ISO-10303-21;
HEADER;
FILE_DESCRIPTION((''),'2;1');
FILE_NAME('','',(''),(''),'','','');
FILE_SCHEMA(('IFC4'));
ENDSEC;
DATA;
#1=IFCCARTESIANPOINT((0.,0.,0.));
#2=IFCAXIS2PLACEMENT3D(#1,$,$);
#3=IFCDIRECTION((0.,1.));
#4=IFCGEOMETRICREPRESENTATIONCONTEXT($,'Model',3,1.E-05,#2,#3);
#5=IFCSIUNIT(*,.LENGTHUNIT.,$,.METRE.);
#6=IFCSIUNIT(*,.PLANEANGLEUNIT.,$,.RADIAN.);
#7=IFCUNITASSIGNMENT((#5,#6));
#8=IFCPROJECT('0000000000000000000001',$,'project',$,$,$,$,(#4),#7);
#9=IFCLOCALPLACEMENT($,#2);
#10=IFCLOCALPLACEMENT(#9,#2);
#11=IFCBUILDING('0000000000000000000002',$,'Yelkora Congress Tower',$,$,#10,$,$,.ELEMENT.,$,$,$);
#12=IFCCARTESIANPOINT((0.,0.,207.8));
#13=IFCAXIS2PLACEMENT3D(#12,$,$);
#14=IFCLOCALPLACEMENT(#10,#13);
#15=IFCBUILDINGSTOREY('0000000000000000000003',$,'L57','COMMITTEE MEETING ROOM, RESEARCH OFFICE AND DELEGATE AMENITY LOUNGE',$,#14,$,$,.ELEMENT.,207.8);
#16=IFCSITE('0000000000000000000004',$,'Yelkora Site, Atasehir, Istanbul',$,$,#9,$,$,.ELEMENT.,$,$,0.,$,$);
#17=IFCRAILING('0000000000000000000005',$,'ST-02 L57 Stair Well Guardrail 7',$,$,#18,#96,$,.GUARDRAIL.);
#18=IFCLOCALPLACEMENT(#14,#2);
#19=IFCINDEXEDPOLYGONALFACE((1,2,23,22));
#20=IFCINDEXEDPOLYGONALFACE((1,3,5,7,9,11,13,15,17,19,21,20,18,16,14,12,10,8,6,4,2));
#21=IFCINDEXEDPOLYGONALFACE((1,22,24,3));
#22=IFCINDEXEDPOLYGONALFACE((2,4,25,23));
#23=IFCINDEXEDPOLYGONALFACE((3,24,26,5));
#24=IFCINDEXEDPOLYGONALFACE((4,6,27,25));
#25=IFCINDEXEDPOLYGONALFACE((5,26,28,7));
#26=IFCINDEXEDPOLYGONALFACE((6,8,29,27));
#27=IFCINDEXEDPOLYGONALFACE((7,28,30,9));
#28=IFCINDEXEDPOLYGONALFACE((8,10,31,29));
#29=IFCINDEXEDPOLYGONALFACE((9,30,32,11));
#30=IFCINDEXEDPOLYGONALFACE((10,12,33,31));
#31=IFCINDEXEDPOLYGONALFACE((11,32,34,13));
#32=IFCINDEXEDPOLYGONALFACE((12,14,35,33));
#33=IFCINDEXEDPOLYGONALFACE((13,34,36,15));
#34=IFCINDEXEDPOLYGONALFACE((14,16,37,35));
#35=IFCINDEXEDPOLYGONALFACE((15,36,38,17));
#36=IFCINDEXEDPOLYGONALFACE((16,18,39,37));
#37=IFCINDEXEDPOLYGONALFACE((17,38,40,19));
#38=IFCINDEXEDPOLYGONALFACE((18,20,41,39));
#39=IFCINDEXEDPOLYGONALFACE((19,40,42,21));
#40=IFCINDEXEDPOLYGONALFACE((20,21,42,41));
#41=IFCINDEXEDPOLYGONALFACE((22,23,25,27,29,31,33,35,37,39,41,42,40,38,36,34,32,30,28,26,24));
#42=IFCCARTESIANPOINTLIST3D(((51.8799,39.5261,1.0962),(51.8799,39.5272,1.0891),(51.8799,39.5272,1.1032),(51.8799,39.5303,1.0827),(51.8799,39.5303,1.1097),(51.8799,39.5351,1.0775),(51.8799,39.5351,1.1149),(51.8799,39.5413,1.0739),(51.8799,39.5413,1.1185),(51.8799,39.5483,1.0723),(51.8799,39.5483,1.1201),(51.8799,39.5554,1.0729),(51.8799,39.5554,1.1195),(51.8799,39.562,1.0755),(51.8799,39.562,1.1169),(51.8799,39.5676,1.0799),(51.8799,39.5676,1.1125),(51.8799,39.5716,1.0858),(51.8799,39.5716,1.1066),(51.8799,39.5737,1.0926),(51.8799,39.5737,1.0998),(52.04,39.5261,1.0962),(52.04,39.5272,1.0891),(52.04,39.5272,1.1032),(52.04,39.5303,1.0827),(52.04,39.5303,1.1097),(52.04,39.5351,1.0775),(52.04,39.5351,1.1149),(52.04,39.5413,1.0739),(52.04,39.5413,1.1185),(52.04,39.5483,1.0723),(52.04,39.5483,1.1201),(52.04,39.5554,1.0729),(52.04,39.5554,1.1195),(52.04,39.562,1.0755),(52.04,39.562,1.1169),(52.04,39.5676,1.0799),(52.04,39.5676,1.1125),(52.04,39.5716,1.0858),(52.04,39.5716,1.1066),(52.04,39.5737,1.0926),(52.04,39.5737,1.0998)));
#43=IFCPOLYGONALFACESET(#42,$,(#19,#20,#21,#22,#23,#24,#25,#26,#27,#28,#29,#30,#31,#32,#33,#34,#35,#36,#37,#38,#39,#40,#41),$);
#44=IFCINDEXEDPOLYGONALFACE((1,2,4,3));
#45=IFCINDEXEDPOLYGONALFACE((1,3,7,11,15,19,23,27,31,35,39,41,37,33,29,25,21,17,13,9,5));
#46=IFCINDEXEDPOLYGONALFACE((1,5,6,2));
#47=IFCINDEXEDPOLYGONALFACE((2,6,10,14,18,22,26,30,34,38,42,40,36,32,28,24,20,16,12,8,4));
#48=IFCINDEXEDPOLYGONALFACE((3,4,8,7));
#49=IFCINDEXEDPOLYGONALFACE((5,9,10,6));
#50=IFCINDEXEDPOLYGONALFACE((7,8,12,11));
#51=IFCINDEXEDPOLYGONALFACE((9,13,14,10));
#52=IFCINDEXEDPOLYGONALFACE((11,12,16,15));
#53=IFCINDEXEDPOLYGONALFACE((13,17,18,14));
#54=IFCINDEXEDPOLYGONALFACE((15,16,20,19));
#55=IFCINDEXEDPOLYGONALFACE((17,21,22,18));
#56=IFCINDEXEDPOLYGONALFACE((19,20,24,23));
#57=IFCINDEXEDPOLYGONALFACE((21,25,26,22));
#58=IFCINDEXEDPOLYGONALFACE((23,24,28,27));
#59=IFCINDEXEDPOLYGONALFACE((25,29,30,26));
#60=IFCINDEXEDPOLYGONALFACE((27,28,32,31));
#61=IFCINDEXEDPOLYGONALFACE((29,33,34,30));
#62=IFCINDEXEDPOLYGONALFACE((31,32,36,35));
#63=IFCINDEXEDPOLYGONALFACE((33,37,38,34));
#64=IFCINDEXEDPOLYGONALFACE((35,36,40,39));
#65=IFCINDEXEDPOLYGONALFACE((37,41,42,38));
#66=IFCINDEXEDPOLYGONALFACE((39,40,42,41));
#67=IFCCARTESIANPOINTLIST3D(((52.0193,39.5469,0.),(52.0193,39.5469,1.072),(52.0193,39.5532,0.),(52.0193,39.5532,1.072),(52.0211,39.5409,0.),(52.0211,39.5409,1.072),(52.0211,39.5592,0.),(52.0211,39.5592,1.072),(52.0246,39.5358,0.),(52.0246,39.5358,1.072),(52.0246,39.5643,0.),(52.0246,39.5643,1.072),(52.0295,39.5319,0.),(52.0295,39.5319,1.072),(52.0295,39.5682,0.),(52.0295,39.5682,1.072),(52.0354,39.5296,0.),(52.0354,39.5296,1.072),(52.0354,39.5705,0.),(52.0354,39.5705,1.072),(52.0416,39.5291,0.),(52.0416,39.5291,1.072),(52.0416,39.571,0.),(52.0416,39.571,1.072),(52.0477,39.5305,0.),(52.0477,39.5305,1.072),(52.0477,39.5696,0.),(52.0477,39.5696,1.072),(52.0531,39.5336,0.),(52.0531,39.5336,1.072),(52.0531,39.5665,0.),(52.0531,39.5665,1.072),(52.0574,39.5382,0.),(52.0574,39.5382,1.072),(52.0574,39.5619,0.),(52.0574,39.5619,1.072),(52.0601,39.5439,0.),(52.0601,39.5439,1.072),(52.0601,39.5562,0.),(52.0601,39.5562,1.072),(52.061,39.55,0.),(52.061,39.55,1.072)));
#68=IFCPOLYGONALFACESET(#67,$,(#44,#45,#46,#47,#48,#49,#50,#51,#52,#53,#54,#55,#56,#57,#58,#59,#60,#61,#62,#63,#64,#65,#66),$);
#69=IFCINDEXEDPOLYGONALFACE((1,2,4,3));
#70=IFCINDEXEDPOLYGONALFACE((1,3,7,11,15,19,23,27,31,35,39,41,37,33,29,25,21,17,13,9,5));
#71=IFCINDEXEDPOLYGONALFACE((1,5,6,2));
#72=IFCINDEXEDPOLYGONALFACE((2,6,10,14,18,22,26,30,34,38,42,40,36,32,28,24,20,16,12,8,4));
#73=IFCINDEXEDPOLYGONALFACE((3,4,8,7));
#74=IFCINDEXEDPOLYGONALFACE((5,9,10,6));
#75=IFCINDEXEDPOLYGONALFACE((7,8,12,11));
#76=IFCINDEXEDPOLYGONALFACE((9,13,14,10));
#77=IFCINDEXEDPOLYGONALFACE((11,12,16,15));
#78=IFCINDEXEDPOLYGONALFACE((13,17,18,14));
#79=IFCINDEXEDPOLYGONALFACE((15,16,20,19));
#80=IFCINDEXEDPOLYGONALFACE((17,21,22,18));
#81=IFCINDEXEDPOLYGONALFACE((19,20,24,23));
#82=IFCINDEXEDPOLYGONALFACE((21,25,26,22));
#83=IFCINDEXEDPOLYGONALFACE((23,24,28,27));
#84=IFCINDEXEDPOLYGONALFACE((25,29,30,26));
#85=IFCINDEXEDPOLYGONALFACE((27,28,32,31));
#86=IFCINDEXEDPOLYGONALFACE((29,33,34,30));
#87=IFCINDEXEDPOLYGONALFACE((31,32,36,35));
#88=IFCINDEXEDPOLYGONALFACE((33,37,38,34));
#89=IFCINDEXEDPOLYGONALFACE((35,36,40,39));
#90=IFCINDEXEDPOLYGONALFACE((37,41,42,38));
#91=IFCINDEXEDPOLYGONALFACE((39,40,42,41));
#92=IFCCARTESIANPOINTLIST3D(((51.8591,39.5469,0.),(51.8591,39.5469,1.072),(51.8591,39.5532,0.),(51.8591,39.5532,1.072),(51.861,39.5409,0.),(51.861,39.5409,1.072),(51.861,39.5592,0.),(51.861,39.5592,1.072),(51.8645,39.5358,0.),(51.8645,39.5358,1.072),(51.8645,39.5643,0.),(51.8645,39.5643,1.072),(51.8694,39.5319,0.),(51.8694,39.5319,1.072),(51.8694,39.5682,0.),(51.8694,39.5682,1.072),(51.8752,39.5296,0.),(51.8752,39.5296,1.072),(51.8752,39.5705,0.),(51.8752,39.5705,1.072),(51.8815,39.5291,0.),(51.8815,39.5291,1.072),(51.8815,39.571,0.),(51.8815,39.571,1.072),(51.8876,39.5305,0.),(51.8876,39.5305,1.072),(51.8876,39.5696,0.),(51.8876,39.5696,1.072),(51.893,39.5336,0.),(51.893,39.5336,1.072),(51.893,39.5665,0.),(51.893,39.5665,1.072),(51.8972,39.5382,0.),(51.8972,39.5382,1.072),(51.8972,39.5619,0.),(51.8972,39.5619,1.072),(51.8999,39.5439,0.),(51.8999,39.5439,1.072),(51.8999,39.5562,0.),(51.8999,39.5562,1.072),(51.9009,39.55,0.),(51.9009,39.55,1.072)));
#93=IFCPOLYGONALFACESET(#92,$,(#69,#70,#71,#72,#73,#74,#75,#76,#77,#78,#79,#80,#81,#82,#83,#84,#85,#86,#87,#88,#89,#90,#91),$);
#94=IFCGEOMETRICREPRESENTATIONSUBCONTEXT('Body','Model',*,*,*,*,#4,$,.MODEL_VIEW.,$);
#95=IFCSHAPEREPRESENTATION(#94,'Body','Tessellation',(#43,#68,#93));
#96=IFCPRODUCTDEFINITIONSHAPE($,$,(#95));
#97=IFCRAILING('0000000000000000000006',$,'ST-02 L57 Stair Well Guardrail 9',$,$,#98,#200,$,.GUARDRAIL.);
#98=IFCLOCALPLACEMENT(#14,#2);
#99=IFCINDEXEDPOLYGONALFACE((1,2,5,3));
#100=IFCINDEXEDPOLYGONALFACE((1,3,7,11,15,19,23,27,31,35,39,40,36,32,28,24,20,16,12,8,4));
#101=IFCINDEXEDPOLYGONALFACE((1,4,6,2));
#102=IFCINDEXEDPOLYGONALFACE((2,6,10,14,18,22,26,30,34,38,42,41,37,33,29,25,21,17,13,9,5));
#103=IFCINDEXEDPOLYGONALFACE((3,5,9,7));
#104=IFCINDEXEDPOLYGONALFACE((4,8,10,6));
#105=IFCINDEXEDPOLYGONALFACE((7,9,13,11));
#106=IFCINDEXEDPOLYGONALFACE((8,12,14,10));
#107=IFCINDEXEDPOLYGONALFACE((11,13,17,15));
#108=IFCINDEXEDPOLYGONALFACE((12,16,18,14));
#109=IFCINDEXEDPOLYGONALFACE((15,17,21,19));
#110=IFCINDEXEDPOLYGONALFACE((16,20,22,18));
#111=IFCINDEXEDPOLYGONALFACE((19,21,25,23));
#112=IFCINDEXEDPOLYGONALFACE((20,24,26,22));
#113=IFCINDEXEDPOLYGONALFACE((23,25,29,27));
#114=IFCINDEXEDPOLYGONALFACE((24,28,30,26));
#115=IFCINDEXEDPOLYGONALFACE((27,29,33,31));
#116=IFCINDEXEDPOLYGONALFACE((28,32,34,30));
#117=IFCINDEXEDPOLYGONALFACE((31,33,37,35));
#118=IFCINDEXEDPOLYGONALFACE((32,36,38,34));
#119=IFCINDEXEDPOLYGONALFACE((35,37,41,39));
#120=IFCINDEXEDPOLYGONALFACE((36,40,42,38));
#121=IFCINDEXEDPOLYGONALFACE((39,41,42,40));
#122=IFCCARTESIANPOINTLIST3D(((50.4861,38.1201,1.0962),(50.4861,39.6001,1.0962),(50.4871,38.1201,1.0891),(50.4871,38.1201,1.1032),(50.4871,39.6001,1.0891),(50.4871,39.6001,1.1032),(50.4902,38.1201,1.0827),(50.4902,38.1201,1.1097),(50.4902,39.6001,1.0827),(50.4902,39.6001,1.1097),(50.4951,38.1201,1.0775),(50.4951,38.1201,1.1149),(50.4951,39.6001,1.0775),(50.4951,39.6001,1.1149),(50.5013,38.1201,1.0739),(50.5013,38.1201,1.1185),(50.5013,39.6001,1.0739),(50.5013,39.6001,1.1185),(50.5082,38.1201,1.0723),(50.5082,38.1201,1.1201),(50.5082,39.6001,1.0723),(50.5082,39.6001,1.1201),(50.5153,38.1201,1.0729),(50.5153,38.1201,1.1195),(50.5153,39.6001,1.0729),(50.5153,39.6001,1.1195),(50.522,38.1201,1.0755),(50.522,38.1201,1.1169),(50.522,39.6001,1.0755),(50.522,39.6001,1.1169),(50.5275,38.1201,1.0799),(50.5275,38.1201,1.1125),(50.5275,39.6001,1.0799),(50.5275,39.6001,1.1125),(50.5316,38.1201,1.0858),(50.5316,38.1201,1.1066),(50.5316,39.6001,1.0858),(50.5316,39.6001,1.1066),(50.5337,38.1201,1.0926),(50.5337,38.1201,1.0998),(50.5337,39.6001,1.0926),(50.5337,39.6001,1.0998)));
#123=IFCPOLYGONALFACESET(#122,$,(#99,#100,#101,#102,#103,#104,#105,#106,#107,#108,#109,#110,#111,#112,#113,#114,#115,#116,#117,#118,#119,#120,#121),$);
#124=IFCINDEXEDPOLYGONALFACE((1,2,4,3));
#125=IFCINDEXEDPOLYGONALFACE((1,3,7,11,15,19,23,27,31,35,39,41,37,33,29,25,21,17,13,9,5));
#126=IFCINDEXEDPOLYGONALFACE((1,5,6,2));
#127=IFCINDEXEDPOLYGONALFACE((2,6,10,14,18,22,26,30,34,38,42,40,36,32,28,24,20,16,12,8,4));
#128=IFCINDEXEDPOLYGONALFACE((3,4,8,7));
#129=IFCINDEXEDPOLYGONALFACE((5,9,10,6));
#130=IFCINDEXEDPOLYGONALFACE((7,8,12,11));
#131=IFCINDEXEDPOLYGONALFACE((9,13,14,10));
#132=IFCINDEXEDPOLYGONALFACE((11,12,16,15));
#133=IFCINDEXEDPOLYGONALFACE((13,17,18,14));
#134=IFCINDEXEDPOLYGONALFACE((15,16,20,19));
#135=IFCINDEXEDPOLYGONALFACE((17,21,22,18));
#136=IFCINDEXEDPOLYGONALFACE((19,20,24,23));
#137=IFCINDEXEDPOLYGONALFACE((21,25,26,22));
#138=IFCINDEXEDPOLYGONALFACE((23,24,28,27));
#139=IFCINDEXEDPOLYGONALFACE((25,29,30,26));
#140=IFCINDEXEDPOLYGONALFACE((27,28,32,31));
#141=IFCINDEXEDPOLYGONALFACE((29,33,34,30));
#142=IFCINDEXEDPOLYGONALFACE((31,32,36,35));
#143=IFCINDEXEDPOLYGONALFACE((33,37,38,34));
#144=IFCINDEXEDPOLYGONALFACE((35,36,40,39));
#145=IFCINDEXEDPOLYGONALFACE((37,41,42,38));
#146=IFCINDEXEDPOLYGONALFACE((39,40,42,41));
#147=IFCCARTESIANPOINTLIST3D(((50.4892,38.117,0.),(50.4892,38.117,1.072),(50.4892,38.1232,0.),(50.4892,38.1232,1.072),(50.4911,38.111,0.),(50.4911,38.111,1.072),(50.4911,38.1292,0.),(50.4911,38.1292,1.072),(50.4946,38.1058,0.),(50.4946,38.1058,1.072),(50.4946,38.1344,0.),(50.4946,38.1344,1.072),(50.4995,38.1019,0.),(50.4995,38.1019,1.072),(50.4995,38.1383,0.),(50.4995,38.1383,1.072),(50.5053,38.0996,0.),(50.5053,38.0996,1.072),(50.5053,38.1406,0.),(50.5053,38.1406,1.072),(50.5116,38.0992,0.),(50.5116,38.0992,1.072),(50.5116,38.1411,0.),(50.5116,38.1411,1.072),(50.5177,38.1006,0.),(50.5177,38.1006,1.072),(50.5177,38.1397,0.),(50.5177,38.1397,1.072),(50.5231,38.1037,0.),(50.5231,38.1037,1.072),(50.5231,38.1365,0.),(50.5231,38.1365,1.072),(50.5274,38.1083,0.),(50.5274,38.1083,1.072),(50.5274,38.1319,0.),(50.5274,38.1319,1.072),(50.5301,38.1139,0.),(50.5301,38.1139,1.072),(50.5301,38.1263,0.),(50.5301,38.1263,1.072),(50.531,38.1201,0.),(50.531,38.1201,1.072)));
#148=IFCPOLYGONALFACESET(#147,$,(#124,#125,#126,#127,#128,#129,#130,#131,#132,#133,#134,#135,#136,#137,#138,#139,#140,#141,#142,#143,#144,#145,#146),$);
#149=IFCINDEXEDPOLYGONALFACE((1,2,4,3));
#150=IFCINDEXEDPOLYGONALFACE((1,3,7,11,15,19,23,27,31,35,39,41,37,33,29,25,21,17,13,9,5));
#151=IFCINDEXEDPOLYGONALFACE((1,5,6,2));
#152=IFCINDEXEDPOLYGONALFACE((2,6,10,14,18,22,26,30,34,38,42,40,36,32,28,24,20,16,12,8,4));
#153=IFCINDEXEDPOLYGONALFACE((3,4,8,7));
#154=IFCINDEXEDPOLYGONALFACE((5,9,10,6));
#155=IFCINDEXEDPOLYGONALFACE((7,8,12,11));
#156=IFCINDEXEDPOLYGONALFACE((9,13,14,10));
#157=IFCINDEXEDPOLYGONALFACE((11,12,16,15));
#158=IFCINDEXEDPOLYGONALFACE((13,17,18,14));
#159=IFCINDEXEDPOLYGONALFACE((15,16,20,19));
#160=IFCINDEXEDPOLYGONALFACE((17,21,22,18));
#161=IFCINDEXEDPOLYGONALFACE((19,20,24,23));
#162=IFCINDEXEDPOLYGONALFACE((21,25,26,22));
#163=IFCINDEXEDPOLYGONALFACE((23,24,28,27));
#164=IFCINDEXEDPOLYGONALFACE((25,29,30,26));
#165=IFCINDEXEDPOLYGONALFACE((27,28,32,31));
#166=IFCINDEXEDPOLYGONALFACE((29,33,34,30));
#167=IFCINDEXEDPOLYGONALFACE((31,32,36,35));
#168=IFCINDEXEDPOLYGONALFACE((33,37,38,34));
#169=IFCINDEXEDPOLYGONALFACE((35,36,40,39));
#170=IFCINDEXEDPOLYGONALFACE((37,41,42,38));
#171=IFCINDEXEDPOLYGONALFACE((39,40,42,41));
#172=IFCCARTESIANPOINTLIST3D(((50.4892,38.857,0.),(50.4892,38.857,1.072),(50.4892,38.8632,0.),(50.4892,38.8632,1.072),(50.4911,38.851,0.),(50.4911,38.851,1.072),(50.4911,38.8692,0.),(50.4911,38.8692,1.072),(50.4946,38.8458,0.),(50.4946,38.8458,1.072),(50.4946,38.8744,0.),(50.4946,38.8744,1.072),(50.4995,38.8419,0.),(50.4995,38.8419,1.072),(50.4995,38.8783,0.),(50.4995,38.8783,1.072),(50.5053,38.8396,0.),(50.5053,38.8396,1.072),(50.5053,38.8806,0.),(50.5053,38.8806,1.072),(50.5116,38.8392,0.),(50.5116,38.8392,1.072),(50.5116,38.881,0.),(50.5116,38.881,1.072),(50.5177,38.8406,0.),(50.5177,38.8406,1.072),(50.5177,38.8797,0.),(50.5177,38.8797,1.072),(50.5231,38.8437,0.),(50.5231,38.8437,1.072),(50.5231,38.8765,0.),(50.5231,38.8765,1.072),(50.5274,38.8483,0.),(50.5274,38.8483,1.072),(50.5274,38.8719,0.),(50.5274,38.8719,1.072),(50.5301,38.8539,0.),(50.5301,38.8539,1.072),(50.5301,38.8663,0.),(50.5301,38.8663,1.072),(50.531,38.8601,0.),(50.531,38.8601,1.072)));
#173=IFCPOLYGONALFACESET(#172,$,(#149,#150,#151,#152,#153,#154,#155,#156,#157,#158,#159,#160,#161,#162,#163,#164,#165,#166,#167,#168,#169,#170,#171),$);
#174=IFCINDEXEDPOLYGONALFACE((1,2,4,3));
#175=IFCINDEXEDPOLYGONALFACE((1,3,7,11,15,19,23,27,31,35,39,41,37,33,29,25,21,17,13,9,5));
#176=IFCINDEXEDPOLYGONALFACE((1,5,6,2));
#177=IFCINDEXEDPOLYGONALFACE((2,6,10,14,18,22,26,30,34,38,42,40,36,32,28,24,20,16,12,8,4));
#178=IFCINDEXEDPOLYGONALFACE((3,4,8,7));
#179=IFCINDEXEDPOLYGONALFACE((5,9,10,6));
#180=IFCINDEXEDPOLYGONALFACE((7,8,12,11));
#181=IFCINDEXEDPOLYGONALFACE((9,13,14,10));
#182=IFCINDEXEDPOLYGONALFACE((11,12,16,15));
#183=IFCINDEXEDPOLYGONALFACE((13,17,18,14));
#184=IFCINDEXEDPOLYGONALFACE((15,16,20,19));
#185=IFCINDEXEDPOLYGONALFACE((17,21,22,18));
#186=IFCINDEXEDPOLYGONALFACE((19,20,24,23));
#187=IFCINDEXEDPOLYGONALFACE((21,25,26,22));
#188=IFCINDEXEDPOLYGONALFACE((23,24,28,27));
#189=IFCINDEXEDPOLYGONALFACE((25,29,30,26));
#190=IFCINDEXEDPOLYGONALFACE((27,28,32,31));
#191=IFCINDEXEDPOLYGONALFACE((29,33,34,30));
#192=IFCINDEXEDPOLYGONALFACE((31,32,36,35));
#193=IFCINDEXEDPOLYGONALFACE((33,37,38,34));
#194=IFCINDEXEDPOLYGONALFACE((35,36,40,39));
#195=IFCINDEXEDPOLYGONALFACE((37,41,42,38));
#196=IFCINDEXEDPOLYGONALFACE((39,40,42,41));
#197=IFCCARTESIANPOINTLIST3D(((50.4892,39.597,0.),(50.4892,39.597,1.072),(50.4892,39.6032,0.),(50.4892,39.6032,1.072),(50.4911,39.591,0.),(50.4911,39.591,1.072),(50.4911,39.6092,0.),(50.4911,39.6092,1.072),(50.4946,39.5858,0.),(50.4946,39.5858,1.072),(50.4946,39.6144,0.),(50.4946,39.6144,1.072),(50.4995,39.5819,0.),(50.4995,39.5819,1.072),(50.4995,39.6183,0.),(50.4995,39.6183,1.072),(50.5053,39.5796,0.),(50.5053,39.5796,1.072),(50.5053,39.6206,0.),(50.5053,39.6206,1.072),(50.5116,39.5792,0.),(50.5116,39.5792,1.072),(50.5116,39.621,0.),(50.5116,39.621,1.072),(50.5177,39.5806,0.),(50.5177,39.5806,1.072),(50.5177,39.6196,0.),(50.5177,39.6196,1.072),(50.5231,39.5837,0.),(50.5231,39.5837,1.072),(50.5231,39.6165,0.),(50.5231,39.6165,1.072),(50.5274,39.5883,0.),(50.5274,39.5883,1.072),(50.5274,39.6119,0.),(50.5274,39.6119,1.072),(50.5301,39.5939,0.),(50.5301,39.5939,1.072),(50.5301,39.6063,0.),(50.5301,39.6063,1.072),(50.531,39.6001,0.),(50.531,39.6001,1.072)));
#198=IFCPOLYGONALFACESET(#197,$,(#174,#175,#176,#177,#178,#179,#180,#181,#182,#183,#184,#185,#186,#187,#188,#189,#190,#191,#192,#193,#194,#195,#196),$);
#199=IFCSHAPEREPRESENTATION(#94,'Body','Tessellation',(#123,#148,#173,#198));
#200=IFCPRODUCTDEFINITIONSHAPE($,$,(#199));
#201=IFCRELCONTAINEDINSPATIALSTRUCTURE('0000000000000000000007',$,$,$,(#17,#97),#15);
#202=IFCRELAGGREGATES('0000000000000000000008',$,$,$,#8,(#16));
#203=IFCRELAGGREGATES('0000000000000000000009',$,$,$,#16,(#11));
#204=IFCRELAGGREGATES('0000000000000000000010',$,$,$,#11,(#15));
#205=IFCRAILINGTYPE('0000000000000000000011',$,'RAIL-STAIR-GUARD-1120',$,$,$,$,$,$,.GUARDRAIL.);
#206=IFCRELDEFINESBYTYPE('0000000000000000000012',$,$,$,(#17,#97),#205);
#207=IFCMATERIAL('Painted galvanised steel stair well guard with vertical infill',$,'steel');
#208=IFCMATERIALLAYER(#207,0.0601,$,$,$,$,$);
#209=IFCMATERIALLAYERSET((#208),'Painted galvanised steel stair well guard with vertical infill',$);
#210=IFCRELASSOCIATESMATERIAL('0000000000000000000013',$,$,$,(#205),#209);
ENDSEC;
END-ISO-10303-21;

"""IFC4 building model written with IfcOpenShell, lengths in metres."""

from ifc_helpers import new_model, si_unit, direction, frame, origin, origin_2d, place, context, subcontext, project, spatial, circle, extrude, material, layer, layer_set, type_object, element, save


model = new_model("IFC4")

# Units and contexts
model_context = context("Model", 3, precision=1e-05, world=origin(), true_north=direction((0.0, 1.0)))
body_context = subcontext(model_context, "Body", "Model", "MODEL_VIEW")
ifc_project = project(units=[si_unit("LENGTHUNIT", "METRE"), si_unit("PLANEANGLEUNIT", "RADIAN")], contexts=[model_context])

# Site, building, storey
site_placement = place(None, origin())
site = spatial("IfcSite", under=ifc_project, at=site_placement, Name="Yelkora Site, Atasehir, Istanbul", CompositionType="ELEMENT", RefElevation=0.0)
building_placement = place(site_placement, origin())
building = spatial("IfcBuilding", under=site, at=building_placement, Name="Yelkora Congress Tower", CompositionType="ELEMENT")
storey_placement = place(building_placement, frame((0.0, 0.0, 207.8)))
storey = spatial("IfcBuildingStorey", under=building, at=storey_placement, Name="L57", Description="COMMITTEE MEETING ROOM, RESEARCH OFFICE AND DELEGATE AMENITY LOUNGE", CompositionType="ELEMENT", Elevation=207.8)

# Railings
ifc_material_1 = material(Name="Painted galvanised steel stair well guard with vertical infill", Category="steel")
ifc_layer_1 = layer(ifc_material_1, 0.0601)
ifc_layer_set_1 = layer_set([ifc_layer_1], Name="Painted galvanised steel stair well guard with vertical infill")
railing_type_1 = type_object("IfcRailingType", Name="RAIL-STAIR-GUARD-1120", PredefinedType="GUARDRAIL", material=ifc_layer_set_1)
railing_1_placement = place(storey_placement, frame((52.04, 39.55, 0.0)))
element("IfcRailing", 1, at=railing_1_placement, inside=storey, type_object=railing_type_1, Name="ST-02 L57 Stair Well Guardrail 7", PredefinedType="GUARDRAIL", context=body_context, shape_type="SweptSolid", body=[
    extrude(circle(Radius=0.0239, at=origin_2d()), frame((0.0, 0.0, 1.0962), z_axis=(-1.0, 0.0, 0.0), x_axis=(0.0, -1.0, 0.0)), (0.0, 0.0, 1.0), 0.1602),
    extrude(circle(Radius=0.021, at=origin_2d()), origin(), (0.0, 0.0, 1.0), 1.072),
    extrude(circle(Radius=0.021, at=origin_2d()), frame((-0.1602, 0.0, 0.0)), (0.0, 0.0, 1.0), 1.072),
])
railing_2_placement = place(storey_placement, frame((50.51, 38.1201, 0.0)))
element("IfcRailing", 2, at=railing_2_placement, inside=storey, type_object=railing_type_1, Name="ST-02 L57 Stair Well Guardrail 9", PredefinedType="GUARDRAIL", context=body_context, shape_type="SweptSolid", body=[
    extrude(circle(Radius=0.0239, at=origin_2d()), frame((0.0, 0.0, 1.0962), z_axis=(0.0, 1.0, 0.0), x_axis=(-1.0, 0.0, 0.0)), (0.0, 0.0, 1.0), 1.48),
    extrude(circle(Radius=0.021, at=origin_2d()), origin(), (0.0, 0.0, 1.0), 1.072),
    extrude(circle(Radius=0.021, at=origin_2d()), frame((0.0, 0.74, 0.0)), (0.0, 0.0, 1.0), 1.072),
    extrude(circle(Radius=0.021, at=origin_2d()), frame((0.0, 1.48, 0.0)), (0.0, 0.0, 1.0), 1.072),
])

save(model, "model.ifc")
